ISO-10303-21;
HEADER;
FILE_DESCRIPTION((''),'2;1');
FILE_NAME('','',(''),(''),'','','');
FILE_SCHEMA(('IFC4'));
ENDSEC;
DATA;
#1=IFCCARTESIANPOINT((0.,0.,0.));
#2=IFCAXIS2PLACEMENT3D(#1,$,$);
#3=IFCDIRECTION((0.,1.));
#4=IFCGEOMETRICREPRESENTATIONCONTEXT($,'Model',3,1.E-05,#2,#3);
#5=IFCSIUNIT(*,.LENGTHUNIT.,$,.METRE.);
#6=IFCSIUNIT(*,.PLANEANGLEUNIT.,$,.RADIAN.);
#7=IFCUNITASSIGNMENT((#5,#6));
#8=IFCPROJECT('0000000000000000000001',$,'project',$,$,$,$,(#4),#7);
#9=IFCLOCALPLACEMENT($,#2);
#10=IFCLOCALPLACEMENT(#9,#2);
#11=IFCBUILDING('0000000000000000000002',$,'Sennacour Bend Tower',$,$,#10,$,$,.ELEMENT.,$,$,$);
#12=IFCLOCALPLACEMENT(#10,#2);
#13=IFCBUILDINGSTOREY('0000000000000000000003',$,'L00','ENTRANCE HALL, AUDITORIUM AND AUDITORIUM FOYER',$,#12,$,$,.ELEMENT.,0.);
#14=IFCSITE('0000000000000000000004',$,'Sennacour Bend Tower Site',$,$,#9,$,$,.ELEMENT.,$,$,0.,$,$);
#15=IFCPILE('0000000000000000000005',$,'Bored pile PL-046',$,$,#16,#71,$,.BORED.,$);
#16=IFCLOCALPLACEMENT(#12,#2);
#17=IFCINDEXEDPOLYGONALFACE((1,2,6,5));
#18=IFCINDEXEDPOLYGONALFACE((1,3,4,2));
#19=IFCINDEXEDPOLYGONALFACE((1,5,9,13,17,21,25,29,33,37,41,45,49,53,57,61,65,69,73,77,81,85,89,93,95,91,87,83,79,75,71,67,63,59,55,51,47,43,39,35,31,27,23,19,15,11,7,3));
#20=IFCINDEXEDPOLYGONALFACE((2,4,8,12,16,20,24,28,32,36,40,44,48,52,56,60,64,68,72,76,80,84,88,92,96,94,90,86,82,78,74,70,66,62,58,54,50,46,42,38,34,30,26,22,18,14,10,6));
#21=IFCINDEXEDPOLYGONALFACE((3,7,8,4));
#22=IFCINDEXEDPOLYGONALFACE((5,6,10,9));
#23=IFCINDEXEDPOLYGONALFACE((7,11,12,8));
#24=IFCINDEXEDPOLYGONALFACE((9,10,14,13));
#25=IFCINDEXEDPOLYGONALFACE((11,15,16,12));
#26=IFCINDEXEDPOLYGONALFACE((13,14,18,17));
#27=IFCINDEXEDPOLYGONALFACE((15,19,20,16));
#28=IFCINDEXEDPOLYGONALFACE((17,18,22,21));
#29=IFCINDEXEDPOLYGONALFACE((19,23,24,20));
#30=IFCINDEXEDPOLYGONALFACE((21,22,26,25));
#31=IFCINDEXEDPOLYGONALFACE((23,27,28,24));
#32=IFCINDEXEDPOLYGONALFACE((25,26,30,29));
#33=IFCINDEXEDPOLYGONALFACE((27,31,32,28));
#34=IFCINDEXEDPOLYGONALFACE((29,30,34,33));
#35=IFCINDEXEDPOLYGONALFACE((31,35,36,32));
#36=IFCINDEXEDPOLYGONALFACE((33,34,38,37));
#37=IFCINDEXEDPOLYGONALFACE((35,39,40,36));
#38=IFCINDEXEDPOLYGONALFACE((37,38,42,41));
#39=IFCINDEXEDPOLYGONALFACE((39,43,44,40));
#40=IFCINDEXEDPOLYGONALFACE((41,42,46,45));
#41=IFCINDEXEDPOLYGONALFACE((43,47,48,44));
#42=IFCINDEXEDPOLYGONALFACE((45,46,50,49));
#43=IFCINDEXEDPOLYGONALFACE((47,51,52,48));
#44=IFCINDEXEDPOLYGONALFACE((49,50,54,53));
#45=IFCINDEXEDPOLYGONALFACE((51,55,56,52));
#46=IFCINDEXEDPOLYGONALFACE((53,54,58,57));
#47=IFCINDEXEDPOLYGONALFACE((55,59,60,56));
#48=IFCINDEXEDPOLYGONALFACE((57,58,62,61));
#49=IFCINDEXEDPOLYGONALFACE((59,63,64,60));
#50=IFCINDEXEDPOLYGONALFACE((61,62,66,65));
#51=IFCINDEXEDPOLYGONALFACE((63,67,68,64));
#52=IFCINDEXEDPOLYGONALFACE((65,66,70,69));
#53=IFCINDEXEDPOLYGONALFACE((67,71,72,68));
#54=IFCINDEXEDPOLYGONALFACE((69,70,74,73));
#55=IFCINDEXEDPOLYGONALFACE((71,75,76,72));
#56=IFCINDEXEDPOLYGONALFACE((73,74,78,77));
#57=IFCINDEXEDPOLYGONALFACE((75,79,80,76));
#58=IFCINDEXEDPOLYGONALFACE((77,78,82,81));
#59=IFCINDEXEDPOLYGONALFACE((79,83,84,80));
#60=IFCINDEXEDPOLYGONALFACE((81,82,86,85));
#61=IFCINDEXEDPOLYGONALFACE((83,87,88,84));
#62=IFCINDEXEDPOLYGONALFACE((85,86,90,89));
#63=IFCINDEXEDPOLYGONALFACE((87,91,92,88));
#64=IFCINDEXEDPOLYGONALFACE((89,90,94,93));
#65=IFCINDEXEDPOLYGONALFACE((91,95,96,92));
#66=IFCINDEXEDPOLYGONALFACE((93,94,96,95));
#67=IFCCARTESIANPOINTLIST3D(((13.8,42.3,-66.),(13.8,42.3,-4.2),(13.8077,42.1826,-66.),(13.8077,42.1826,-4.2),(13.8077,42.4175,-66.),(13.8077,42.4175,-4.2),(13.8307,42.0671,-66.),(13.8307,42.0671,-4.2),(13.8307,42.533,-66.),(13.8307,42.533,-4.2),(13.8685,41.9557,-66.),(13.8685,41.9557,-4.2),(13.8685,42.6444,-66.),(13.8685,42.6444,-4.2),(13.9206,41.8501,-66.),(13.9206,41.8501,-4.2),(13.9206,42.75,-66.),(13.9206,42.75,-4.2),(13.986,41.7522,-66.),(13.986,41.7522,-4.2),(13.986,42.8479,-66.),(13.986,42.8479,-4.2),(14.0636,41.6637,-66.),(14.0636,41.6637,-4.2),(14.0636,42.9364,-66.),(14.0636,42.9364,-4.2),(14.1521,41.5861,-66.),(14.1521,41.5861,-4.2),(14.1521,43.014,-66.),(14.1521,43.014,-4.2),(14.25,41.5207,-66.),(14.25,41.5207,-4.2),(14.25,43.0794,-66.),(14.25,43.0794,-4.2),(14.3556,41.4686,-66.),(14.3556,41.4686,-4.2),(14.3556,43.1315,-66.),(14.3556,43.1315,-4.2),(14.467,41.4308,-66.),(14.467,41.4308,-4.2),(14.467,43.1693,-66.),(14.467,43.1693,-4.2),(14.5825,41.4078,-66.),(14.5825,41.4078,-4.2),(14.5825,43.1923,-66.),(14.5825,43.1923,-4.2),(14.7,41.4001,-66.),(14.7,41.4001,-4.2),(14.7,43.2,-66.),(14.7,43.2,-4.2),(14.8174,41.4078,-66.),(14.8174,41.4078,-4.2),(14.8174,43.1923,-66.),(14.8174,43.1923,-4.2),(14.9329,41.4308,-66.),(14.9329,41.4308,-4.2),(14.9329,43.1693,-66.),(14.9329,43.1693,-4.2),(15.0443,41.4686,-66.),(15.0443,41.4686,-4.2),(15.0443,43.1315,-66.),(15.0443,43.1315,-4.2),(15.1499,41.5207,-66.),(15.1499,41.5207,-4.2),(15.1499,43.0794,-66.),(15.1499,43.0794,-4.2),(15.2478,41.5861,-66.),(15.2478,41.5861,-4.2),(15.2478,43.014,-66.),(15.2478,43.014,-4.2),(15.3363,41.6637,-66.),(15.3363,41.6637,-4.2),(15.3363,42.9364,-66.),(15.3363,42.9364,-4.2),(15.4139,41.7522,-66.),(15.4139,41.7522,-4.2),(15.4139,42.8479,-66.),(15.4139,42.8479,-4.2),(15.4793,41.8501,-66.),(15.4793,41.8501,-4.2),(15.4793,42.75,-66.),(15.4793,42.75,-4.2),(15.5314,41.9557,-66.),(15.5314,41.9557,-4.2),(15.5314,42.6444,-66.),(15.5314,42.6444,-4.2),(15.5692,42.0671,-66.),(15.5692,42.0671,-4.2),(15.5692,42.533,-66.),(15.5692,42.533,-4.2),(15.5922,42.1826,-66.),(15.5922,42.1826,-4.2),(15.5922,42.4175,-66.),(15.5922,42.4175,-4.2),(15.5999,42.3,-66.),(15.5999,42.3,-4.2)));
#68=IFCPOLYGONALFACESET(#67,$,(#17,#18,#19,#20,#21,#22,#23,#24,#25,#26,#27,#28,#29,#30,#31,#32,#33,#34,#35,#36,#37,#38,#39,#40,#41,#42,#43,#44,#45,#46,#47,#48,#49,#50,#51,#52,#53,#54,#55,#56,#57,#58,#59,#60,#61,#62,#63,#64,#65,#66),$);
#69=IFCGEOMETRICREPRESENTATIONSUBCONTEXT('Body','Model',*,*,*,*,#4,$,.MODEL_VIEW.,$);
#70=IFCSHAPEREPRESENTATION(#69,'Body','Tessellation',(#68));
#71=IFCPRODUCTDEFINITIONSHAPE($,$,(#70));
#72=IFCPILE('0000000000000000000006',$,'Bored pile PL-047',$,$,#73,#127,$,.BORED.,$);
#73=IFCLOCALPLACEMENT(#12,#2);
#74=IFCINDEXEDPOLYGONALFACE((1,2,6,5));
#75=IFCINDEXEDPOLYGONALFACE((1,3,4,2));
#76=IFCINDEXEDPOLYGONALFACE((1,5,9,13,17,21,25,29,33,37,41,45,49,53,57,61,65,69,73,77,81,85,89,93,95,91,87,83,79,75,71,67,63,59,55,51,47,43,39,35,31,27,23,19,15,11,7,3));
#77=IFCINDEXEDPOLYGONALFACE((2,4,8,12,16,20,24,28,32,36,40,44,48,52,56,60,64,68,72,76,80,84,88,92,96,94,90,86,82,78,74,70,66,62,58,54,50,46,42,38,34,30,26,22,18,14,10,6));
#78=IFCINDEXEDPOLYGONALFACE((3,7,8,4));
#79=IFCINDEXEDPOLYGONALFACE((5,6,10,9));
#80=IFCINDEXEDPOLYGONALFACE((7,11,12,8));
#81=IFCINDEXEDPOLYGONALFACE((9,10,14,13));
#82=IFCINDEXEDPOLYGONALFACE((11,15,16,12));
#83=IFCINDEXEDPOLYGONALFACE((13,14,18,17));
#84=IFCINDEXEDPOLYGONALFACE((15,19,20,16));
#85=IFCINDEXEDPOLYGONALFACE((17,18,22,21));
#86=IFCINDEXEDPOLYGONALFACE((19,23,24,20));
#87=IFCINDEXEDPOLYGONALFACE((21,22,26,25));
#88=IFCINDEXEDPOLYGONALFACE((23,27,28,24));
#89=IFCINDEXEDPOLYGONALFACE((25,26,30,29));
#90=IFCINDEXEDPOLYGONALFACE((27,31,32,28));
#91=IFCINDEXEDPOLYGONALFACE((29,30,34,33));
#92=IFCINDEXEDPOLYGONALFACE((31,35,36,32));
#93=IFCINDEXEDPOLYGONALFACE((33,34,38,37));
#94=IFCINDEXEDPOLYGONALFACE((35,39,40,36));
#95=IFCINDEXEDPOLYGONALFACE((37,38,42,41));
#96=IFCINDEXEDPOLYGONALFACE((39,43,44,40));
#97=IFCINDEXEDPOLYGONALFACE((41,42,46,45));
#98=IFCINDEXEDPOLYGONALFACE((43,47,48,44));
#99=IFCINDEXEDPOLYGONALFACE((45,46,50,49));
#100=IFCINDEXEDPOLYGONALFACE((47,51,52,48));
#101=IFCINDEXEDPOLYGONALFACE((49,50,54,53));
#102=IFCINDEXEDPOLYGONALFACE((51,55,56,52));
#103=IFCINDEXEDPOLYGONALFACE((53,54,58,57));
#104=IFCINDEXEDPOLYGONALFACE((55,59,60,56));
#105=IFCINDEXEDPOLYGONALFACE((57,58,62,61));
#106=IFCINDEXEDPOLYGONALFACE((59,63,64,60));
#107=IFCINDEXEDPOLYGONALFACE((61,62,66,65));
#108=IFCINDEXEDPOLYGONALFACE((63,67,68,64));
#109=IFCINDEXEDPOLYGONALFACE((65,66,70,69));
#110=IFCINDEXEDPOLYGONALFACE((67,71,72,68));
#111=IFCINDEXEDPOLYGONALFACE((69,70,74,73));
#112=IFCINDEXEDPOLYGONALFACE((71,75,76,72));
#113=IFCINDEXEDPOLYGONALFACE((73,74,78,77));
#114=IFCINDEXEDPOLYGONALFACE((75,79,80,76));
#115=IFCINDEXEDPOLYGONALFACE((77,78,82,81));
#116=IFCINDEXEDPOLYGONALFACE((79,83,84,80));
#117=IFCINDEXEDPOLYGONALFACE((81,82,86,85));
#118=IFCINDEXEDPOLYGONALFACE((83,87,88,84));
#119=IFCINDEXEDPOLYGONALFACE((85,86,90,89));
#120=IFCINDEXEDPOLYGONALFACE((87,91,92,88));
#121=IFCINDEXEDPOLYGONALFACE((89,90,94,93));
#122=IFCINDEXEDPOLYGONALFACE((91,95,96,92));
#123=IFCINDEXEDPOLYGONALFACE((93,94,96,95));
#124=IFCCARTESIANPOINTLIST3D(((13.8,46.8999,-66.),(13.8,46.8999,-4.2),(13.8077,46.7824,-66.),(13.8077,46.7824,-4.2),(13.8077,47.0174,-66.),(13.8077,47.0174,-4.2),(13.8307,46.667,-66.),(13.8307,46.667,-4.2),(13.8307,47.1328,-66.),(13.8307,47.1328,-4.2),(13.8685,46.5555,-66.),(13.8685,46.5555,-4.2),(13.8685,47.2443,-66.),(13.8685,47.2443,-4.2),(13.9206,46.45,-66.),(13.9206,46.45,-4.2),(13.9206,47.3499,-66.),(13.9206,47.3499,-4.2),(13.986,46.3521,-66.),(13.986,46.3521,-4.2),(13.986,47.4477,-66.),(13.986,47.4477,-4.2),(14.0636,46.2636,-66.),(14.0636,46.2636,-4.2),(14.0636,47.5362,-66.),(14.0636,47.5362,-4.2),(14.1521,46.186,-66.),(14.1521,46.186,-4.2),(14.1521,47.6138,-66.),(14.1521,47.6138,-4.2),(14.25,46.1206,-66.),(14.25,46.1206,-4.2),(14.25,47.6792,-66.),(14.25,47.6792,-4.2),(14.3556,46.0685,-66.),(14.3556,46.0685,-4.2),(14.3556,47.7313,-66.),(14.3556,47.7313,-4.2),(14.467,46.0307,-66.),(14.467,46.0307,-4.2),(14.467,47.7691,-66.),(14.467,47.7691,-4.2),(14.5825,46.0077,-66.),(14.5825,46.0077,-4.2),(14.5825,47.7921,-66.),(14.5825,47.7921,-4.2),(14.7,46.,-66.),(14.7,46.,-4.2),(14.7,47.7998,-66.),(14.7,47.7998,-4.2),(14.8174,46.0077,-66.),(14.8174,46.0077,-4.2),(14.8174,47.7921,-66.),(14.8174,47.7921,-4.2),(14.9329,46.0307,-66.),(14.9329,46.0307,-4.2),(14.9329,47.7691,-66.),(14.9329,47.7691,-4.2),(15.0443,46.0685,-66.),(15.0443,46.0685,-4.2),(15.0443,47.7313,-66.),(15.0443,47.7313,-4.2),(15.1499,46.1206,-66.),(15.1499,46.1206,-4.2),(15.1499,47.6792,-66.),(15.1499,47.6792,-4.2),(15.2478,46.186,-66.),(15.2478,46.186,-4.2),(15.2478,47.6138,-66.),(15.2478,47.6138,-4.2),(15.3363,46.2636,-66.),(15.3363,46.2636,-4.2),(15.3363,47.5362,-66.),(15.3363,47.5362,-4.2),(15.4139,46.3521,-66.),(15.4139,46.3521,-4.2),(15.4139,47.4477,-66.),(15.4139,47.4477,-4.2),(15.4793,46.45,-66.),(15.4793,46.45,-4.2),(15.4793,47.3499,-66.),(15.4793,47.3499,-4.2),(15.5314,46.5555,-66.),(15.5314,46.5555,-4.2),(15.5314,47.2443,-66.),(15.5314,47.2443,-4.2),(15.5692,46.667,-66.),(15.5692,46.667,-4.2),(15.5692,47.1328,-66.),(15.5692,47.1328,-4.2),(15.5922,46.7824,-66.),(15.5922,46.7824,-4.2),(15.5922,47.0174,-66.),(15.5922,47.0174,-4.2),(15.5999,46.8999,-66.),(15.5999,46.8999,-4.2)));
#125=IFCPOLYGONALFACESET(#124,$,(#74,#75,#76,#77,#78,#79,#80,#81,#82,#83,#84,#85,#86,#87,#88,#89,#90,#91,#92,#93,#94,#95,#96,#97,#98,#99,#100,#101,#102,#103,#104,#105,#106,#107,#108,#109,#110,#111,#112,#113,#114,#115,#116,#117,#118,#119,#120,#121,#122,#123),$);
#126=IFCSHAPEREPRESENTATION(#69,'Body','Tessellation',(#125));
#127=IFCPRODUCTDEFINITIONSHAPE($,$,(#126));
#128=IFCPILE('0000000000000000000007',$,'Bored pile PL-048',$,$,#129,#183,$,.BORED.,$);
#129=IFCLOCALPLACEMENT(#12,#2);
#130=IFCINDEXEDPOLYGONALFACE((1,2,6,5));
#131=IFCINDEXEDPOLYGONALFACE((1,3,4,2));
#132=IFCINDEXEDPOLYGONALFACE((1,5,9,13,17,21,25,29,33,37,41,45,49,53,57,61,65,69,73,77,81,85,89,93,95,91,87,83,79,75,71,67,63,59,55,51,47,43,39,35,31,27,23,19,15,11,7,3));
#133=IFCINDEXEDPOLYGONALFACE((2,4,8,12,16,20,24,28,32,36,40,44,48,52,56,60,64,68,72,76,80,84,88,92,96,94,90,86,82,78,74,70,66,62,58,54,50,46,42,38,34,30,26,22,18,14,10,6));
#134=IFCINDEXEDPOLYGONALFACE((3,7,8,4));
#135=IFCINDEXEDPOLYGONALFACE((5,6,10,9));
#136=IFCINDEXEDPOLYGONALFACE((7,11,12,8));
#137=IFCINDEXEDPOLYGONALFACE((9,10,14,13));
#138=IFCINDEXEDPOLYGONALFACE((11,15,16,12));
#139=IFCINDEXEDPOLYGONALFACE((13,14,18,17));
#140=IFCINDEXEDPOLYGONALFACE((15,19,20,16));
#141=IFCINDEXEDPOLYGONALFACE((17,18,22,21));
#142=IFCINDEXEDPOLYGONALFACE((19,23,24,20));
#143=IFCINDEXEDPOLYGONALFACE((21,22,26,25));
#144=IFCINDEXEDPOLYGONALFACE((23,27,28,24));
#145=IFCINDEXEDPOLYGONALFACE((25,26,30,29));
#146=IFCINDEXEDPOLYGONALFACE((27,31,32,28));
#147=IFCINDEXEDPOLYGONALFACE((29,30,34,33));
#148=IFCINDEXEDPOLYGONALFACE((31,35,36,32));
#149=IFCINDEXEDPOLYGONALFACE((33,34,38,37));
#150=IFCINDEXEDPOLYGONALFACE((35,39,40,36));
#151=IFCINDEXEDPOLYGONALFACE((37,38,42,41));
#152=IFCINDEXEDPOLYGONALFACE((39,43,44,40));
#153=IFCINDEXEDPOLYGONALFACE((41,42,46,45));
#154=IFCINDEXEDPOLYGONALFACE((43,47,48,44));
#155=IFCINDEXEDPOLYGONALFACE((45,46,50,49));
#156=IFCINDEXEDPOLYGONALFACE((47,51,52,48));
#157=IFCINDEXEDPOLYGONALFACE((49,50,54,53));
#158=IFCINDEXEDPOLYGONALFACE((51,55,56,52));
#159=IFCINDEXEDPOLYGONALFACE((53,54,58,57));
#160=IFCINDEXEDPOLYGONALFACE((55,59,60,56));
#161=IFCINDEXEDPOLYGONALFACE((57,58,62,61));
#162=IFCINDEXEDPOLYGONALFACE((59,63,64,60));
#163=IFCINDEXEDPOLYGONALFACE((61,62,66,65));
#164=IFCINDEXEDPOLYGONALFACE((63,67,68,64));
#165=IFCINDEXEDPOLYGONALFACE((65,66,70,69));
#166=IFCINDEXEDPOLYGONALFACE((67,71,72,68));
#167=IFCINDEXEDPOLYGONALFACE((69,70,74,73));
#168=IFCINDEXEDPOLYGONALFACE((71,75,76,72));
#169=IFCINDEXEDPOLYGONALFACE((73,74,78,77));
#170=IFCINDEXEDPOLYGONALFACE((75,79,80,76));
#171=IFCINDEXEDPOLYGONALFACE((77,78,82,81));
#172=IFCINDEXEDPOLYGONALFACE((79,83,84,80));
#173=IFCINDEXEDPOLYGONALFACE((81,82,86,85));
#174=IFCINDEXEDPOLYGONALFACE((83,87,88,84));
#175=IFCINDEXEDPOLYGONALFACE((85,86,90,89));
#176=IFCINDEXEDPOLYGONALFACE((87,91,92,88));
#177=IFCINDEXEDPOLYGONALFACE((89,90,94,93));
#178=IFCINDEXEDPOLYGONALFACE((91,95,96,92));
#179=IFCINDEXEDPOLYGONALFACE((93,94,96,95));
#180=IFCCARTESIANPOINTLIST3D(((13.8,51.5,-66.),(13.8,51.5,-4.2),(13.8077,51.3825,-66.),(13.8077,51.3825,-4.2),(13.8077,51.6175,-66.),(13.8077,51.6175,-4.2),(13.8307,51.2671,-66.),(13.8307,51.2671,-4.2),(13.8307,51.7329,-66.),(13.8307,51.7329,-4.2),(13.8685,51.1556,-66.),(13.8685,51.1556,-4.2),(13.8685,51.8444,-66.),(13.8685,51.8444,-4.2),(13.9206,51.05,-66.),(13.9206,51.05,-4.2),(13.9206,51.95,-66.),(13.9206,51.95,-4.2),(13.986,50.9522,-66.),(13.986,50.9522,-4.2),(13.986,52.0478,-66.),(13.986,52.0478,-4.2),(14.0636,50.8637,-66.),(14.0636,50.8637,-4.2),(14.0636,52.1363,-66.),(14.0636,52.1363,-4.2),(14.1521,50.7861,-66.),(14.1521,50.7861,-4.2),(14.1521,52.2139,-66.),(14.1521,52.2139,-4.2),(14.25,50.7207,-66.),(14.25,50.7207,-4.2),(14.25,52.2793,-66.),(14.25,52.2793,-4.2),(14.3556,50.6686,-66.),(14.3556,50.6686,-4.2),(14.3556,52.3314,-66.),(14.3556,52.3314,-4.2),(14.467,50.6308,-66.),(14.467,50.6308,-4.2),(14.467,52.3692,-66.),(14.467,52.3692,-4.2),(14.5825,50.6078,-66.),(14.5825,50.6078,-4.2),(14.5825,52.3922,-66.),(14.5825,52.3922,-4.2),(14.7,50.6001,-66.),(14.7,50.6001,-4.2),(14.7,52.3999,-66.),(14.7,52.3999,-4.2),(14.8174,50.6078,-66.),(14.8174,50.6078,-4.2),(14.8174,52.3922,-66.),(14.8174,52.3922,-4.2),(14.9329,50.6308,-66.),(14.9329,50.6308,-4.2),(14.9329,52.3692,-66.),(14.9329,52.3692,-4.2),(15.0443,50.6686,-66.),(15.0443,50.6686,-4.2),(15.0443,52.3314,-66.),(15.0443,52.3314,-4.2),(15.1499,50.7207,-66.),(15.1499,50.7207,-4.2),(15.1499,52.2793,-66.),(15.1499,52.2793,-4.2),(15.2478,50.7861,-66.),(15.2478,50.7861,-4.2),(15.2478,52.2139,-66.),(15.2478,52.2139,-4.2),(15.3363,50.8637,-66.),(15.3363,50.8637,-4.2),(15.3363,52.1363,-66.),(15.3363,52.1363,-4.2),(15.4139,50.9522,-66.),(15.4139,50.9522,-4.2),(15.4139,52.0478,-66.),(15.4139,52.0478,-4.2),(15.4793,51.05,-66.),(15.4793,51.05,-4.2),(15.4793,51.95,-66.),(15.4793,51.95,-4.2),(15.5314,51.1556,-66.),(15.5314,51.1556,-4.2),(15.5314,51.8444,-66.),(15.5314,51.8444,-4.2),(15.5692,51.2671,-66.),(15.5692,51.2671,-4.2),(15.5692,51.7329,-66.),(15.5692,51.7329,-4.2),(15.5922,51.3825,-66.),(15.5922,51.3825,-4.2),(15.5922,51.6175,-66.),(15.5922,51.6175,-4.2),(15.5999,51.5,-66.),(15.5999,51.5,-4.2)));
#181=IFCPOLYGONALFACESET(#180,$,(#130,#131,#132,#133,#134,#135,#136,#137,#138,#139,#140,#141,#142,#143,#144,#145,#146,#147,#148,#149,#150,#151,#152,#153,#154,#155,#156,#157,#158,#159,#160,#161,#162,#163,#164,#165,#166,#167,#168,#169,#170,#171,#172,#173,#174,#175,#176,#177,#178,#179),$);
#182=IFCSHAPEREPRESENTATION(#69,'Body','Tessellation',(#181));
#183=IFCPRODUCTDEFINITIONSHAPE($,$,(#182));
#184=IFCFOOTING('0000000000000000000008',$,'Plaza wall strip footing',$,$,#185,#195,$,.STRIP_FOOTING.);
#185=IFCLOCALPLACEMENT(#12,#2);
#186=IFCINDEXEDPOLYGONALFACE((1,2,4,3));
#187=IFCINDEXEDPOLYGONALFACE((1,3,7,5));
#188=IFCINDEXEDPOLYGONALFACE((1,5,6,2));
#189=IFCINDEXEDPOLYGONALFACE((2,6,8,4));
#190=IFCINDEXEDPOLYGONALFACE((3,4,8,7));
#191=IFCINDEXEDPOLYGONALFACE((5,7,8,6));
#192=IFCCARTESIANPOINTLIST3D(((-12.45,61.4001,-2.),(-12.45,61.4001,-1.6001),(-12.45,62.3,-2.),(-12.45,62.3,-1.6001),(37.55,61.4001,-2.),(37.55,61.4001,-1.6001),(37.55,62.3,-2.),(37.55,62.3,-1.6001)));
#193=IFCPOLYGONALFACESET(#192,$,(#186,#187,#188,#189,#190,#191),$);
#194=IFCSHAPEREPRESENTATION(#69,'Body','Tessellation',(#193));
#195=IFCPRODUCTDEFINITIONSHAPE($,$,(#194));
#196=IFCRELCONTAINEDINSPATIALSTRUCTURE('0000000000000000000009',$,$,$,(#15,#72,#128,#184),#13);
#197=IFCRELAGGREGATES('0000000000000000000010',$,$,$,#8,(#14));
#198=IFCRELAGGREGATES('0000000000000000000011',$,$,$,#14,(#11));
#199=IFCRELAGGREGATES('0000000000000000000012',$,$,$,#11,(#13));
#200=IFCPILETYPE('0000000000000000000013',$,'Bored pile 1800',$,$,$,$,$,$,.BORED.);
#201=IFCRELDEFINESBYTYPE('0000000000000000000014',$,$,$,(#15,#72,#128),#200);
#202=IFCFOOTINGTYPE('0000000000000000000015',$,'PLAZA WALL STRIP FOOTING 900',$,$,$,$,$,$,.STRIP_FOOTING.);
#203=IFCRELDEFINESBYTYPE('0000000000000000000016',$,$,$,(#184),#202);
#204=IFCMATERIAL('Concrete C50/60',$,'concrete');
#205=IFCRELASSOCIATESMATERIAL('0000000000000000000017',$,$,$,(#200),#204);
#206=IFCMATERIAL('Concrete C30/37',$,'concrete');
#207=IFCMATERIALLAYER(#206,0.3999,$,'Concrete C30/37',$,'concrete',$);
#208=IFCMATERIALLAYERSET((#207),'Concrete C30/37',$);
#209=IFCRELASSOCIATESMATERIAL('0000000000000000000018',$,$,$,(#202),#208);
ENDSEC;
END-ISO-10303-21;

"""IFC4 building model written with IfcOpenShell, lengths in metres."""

from ifc_helpers import new_model, si_unit, direction, frame, origin, origin_2d, place, context, subcontext, project, spatial, rectangle, circle, extrude, material, layer, layer_set, material_profile, profile_set, type_object, element, save


model = new_model("IFC4")

# Units and contexts
model_context = context("Model", 3, precision=1e-05, world=origin(), true_north=direction((0.0, 1.0)))
body_context = subcontext(model_context, "Body", "Model", "MODEL_VIEW")
ifc_project = project(units=[si_unit("LENGTHUNIT", "METRE"), si_unit("PLANEANGLEUNIT", "RADIAN")], contexts=[model_context])

# Site, building, storey
site_placement = place(None, origin())
site = spatial("IfcSite", under=ifc_project, at=site_placement, Name="Sennacour Bend Tower Site", CompositionType="ELEMENT", RefElevation=0.0)
building_placement = place(site_placement, origin())
building = spatial("IfcBuilding", under=site, at=building_placement, Name="Sennacour Bend Tower", CompositionType="ELEMENT")
storey_placement = place(building_placement, origin())
storey = spatial("IfcBuildingStorey", under=building, at=storey_placement, Name="L00", Description="ENTRANCE HALL, AUDITORIUM AND AUDITORIUM FOYER", CompositionType="ELEMENT", Elevation=0.0)

# Piles
ifc_material_1 = material(Name="Concrete C50/60", Category="concrete")
ifc_material_profile = material_profile(ifc_material_1, circle(Radius=0.8999, at=origin_2d()), Name="Concrete C50/60", Category="concrete")
ifc_profile_set = profile_set([ifc_material_profile], Name="Concrete C50/60")
pile_type = type_object("IfcPileType", Name="Bored pile 1800", PredefinedType="BORED", material=ifc_profile_set)
for number, where, z_axis, x_axis, name in (
    (1, (14.7, 42.3, -4.2), (0.0, 0.0, -1.0), (1.0, 0.0, 0.0), "Bored pile PL-046"),
    (2, (14.7, 46.8999, -4.2), (0.0, 0.0, -1.0), (1.0, 0.0, 0.0), "Bored pile PL-047"),
    (3, (14.7, 51.5, -4.2), (0.0, 0.0, -1.0), (1.0, 0.0, 0.0), "Bored pile PL-048"),
):
    element("IfcPile", number, at=place(storey_placement, frame(where, z_axis=z_axis, x_axis=x_axis)), inside=storey, type_object=pile_type, Name=name, PredefinedType="BORED", context=body_context, shape_type="SweptSolid", body=[
        extrude(circle(Radius=0.8999, at=origin_2d()), origin(), (0.0, 0.0, 1.0), 61.8),
    ])

# Footing
ifc_material_2 = material(Name="Concrete C30/37", Category="concrete")
ifc_layer_1 = layer(ifc_material_2, 0.3999, Name="Concrete C30/37", Category="concrete")
ifc_layer_set_1 = layer_set([ifc_layer_1], Name="Concrete C30/37")
footing_type = type_object("IfcFootingType", Name="PLAZA WALL STRIP FOOTING 900", PredefinedType="STRIP_FOOTING", material=ifc_layer_set_1)
footing_placement = place(storey_placement, frame((12.55, 61.8501, -2.0), z_axis=(0.0, 0.0, 1.0), x_axis=(1.0, 0.0, 0.0)))
element("IfcFooting", 4, at=footing_placement, inside=storey, type_object=footing_type, Name="Plaza wall strip footing", PredefinedType="STRIP_FOOTING", context=body_context, shape_type="SweptSolid", body=[
    extrude(rectangle(XDim=50.0, YDim=0.8999, at=origin_2d()), origin(), (0.0, 0.0, 1.0), 0.3999),
])

save(model, "model.ifc")
